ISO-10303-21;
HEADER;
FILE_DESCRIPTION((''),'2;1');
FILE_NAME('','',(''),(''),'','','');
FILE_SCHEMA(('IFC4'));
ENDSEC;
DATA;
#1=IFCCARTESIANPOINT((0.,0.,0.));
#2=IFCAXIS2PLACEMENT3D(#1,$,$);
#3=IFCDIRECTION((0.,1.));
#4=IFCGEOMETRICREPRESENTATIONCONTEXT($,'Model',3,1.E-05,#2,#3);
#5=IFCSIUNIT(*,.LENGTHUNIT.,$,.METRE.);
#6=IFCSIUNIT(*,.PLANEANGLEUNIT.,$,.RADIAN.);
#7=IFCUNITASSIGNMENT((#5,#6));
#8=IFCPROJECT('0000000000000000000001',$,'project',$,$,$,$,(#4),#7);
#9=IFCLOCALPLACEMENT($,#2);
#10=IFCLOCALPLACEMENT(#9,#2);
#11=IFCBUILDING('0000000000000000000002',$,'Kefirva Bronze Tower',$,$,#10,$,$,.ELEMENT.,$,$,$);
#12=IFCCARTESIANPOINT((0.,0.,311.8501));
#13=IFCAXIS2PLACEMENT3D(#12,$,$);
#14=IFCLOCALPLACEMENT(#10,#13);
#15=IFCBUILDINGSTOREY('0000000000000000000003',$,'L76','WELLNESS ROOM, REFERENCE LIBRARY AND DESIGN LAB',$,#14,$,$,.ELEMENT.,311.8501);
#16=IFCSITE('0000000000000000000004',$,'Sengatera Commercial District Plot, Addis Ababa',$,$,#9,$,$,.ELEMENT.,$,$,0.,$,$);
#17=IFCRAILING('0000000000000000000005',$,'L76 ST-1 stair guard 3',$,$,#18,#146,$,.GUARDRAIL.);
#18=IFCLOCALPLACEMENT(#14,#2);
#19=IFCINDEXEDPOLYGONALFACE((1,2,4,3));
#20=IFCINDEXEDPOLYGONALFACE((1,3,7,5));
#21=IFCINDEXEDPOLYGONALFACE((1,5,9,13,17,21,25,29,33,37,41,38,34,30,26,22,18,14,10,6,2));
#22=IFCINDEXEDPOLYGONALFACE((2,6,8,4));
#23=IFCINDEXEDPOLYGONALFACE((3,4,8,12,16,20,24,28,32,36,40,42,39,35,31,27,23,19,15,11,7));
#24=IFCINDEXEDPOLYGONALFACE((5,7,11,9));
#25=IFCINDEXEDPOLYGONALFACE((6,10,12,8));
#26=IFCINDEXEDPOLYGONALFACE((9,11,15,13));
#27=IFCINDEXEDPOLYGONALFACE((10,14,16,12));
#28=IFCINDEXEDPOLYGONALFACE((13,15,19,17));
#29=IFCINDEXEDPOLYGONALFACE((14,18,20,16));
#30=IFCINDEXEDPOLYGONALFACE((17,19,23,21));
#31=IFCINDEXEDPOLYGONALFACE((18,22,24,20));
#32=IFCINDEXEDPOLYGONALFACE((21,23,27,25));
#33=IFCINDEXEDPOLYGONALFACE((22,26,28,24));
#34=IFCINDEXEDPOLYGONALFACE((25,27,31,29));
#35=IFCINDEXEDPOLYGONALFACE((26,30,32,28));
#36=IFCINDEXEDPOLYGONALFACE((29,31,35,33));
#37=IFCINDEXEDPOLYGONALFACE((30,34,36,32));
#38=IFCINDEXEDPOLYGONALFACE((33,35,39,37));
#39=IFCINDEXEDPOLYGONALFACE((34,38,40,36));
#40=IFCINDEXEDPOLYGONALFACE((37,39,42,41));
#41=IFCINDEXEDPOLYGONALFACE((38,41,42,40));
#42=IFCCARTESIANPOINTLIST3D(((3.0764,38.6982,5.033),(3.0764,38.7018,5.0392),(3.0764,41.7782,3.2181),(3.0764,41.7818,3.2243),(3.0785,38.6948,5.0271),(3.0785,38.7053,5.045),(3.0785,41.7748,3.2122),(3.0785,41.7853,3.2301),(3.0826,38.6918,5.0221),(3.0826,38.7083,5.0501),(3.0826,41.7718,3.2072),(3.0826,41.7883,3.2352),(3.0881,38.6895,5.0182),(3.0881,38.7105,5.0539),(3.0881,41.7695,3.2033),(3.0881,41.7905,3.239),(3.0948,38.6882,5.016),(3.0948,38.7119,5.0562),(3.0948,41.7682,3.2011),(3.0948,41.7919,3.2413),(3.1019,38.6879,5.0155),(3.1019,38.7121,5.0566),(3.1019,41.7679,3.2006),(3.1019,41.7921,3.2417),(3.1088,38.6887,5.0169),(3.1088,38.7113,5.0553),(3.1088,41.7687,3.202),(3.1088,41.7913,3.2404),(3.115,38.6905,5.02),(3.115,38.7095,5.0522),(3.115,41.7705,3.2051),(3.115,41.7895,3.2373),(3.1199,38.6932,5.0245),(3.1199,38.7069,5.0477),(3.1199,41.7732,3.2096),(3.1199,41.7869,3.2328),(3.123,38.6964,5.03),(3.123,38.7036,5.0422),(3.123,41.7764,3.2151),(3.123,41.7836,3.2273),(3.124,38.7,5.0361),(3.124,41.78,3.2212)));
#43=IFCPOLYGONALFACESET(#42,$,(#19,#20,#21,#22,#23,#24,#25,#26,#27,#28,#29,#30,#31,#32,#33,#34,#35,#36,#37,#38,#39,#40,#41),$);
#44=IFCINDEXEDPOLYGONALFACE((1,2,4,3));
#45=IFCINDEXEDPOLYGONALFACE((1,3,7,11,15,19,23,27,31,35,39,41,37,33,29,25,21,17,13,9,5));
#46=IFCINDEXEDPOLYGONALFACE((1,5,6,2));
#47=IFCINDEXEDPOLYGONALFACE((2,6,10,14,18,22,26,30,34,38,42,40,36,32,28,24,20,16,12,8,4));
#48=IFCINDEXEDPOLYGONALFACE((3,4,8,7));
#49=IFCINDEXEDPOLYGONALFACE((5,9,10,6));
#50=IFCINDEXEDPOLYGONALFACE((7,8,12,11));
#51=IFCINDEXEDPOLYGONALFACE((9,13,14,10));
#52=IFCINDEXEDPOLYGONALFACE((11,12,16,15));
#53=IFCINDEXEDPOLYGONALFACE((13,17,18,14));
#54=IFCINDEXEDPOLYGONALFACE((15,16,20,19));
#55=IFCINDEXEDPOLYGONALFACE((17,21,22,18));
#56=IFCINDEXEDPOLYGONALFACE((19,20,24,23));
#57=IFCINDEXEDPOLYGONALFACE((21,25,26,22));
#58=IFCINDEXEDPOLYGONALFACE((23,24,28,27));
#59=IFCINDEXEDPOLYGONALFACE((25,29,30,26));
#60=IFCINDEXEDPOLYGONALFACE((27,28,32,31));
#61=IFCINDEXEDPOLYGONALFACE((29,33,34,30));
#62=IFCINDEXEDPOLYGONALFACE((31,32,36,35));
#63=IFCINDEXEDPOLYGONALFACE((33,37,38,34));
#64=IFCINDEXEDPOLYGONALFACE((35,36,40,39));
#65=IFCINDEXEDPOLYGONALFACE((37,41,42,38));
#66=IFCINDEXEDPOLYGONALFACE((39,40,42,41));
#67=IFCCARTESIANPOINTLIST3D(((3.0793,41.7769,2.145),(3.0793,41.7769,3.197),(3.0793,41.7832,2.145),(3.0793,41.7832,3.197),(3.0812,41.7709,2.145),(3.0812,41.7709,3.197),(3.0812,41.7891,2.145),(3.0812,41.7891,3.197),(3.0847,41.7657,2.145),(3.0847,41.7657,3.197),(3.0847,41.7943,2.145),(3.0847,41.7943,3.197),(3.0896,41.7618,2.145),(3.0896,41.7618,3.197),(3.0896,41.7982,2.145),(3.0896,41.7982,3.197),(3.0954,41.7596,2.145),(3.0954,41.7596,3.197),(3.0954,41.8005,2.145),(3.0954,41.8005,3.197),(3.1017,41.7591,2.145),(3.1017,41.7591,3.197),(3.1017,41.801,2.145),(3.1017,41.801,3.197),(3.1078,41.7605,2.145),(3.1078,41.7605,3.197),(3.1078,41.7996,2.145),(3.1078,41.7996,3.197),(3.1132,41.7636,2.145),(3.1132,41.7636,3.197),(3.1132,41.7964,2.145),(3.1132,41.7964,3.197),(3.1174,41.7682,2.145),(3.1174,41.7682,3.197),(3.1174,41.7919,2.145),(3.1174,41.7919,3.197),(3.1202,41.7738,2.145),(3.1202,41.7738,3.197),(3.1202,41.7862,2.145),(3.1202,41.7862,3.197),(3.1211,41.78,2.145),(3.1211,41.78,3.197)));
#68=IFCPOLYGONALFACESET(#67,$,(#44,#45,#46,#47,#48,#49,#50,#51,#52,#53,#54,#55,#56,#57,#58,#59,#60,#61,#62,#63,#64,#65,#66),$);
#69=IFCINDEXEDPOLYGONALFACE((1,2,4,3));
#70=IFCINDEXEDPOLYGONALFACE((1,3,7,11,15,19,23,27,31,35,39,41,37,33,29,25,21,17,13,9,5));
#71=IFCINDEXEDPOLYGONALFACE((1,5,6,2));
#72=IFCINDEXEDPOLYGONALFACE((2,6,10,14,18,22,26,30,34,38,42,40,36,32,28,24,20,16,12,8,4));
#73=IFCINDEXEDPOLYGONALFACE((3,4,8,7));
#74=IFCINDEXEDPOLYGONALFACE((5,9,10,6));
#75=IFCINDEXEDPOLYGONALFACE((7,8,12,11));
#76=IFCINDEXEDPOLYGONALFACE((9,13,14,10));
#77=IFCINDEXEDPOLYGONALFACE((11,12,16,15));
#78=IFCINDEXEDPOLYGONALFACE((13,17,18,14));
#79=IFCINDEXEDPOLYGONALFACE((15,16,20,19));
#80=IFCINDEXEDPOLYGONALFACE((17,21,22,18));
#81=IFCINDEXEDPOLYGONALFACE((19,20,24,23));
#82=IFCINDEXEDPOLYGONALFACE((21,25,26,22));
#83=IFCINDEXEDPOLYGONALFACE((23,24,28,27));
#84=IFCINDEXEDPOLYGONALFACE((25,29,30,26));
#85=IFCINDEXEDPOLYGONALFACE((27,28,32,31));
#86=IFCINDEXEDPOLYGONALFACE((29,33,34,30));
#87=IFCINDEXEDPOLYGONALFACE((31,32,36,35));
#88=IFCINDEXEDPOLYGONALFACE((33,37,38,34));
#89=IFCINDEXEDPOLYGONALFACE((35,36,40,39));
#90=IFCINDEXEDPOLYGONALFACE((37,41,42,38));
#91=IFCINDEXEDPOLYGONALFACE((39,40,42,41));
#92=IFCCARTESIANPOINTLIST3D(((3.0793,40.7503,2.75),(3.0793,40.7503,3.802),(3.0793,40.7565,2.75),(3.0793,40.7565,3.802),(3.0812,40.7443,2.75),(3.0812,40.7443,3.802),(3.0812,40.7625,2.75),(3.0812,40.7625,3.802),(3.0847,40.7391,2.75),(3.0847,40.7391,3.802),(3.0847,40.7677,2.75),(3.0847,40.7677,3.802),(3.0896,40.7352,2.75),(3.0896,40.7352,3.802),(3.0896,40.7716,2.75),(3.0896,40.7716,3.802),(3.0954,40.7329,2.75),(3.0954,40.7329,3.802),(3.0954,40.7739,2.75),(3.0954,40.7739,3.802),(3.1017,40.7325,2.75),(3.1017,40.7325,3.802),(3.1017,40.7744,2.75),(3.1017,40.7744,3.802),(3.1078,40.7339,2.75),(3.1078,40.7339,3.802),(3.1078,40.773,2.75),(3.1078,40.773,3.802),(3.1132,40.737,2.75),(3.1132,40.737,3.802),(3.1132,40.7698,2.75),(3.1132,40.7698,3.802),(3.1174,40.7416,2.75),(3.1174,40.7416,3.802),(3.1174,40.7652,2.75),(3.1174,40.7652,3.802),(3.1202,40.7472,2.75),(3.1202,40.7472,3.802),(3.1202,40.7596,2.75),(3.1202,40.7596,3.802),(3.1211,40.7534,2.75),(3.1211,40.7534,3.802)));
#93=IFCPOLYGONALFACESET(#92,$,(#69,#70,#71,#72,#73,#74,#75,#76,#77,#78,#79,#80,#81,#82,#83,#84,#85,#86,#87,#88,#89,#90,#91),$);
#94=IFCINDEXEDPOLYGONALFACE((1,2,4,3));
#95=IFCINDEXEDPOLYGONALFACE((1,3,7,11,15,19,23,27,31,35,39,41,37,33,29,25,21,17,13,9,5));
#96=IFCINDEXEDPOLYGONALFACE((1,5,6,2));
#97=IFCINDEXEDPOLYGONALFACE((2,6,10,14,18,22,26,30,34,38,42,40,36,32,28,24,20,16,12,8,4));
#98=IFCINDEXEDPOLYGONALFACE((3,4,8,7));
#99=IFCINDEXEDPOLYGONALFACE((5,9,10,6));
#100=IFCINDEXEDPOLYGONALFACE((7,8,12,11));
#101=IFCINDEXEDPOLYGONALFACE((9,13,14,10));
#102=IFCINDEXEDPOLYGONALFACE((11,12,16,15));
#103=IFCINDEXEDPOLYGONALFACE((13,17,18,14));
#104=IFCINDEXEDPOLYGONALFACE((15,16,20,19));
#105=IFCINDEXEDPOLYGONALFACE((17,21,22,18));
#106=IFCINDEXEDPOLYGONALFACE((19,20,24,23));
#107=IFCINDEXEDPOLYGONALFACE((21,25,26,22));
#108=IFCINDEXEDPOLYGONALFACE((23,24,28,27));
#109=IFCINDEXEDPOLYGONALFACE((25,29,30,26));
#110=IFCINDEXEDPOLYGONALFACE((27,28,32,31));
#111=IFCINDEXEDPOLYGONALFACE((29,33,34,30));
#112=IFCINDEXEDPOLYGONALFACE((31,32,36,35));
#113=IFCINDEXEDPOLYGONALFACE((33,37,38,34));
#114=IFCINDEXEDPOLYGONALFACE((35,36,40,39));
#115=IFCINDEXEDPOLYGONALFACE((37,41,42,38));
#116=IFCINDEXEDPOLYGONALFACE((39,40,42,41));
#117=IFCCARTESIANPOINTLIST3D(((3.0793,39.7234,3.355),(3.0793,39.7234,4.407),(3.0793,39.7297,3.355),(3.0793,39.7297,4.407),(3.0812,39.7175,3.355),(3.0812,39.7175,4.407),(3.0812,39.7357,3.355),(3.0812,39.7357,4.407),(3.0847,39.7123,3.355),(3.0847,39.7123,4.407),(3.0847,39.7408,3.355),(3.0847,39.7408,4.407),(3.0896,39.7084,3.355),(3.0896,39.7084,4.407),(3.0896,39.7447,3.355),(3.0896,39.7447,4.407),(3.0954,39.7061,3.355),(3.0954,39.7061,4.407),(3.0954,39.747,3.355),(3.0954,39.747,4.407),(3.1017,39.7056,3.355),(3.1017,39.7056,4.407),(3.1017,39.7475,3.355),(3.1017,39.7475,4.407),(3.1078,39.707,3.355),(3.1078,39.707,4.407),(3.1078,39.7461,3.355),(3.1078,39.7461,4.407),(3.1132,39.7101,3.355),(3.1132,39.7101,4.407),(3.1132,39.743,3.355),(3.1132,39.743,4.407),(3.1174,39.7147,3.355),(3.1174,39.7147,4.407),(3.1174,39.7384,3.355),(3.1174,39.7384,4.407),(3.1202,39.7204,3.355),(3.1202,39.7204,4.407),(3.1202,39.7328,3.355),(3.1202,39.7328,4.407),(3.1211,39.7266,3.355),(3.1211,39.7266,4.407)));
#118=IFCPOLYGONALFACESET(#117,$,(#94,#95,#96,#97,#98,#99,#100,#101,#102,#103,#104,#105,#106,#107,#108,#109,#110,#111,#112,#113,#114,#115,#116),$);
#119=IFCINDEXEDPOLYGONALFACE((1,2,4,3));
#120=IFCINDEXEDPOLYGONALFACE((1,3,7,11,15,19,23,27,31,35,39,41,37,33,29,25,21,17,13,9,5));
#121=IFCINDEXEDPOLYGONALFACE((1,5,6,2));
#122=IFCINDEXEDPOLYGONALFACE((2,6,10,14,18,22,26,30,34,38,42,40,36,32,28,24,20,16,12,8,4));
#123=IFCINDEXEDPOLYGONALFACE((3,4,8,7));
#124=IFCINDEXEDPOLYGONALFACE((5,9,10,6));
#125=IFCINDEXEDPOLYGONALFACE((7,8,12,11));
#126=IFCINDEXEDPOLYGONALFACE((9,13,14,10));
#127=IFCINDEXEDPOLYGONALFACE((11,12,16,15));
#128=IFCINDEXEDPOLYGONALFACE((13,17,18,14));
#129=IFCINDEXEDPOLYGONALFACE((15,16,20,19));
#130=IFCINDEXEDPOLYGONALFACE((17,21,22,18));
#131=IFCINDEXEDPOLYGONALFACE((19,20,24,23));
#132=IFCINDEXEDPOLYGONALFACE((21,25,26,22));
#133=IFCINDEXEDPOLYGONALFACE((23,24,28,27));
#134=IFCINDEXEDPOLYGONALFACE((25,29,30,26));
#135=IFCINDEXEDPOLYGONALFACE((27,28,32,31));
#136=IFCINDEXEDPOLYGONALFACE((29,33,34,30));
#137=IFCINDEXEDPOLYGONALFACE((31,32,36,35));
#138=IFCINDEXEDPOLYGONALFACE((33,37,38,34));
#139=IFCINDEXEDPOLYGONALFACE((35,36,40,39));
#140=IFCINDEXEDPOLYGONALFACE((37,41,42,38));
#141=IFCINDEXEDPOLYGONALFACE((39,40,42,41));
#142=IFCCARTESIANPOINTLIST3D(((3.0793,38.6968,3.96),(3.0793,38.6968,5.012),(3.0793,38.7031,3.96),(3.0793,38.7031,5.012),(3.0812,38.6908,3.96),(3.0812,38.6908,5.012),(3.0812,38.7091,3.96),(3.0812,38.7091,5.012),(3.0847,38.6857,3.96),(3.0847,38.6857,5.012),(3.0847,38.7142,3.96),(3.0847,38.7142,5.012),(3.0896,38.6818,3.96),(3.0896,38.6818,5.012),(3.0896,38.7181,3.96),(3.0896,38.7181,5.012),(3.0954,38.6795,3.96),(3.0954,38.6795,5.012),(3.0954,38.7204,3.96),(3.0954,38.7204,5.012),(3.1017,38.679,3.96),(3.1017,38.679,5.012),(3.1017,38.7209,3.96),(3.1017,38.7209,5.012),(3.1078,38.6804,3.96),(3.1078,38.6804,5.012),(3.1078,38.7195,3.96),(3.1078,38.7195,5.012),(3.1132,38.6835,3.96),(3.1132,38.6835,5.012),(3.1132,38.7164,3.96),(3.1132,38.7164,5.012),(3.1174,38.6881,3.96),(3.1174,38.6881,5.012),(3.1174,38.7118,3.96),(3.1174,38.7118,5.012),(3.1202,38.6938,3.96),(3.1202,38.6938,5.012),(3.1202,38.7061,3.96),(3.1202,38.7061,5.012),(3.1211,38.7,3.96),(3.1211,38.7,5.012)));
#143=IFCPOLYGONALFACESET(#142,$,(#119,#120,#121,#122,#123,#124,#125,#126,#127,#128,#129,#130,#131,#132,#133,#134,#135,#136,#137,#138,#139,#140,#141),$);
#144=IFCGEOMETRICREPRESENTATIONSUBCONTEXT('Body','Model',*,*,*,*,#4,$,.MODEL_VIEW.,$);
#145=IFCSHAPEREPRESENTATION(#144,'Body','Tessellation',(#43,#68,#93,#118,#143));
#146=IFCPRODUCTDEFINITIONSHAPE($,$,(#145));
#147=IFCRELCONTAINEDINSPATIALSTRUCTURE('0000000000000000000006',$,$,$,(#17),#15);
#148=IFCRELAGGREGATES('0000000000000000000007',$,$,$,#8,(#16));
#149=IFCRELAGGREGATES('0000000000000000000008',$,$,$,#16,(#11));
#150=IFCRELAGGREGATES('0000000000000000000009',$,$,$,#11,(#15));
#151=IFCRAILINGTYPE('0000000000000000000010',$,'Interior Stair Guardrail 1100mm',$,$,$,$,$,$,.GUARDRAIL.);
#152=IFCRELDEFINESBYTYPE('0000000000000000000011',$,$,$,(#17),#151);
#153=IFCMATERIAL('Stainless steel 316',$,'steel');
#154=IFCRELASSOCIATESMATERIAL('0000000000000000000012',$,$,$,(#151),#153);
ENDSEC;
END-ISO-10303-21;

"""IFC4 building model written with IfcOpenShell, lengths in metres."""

from ifc_helpers import new_model, si_unit, direction, frame, origin, origin_2d, place, context, subcontext, project, spatial, circle, extrude, material, type_object, element, save


model = new_model("IFC4")

# Units and contexts
model_context = context("Model", 3, precision=1e-05, world=origin(), true_north=direction((0.0, 1.0)))
body_context = subcontext(model_context, "Body", "Model", "MODEL_VIEW")
ifc_project = project(units=[si_unit("LENGTHUNIT", "METRE"), si_unit("PLANEANGLEUNIT", "RADIAN")], contexts=[model_context])

# Site, building, storey
site_placement = place(None, origin())
site = spatial("IfcSite", under=ifc_project, at=site_placement, Name="Sengatera Commercial District Plot, Addis Ababa", CompositionType="ELEMENT", RefElevation=0.0)
building_placement = place(site_placement, origin())
building = spatial("IfcBuilding", under=site, at=building_placement, Name="Kefirva Bronze Tower", CompositionType="ELEMENT")
storey_placement = place(building_placement, frame((0.0, 0.0, 311.8501)))
storey = spatial("IfcBuildingStorey", under=building, at=storey_placement, Name="L76", Description="WELLNESS ROOM, REFERENCE LIBRARY AND DESIGN LAB", CompositionType="ELEMENT", Elevation=311.8501)

# Railing
ifc_material_1 = material(Name="Stainless steel 316", Category="steel")
railing_type_1 = type_object("IfcRailingType", Name="Interior Stair Guardrail 1100mm", PredefinedType="GUARDRAIL", material=ifc_material_1)
railing_1_placement = place(storey_placement, frame((3.1001, 41.78, 2.145)))
element("IfcRailing", 1, at=railing_1_placement, inside=storey, type_object=railing_type_1, Name="L76 ST-1 stair guard 3", PredefinedType="GUARDRAIL", context=body_context, shape_type="SweptSolid", body=[
    extrude(circle(Radius=0.0239, at=origin_2d()), frame((0.0, 0.0, 1.0762), z_axis=(0.0, -0.861551, 0.507671), x_axis=(1.0, 0.0, 0.0)), (0.0, 0.0, 1.0), 3.575),
    extrude(circle(Radius=0.021, at=origin_2d()), origin(), (0.0, 0.0, 1.0), 1.052),
    extrude(circle(Radius=0.021, at=origin_2d()), frame((0.0, -1.0266, 0.605)), (0.0, 0.0, 1.0), 1.052),
    extrude(circle(Radius=0.021, at=origin_2d()), frame((0.0, -2.0535, 1.21)), (0.0, 0.0, 1.0), 1.052),
    extrude(circle(Radius=0.021, at=origin_2d()), frame((0.0, -3.0801, 1.8149)), (0.0, 0.0, 1.0), 1.052),
])

save(model, "model.ifc")
